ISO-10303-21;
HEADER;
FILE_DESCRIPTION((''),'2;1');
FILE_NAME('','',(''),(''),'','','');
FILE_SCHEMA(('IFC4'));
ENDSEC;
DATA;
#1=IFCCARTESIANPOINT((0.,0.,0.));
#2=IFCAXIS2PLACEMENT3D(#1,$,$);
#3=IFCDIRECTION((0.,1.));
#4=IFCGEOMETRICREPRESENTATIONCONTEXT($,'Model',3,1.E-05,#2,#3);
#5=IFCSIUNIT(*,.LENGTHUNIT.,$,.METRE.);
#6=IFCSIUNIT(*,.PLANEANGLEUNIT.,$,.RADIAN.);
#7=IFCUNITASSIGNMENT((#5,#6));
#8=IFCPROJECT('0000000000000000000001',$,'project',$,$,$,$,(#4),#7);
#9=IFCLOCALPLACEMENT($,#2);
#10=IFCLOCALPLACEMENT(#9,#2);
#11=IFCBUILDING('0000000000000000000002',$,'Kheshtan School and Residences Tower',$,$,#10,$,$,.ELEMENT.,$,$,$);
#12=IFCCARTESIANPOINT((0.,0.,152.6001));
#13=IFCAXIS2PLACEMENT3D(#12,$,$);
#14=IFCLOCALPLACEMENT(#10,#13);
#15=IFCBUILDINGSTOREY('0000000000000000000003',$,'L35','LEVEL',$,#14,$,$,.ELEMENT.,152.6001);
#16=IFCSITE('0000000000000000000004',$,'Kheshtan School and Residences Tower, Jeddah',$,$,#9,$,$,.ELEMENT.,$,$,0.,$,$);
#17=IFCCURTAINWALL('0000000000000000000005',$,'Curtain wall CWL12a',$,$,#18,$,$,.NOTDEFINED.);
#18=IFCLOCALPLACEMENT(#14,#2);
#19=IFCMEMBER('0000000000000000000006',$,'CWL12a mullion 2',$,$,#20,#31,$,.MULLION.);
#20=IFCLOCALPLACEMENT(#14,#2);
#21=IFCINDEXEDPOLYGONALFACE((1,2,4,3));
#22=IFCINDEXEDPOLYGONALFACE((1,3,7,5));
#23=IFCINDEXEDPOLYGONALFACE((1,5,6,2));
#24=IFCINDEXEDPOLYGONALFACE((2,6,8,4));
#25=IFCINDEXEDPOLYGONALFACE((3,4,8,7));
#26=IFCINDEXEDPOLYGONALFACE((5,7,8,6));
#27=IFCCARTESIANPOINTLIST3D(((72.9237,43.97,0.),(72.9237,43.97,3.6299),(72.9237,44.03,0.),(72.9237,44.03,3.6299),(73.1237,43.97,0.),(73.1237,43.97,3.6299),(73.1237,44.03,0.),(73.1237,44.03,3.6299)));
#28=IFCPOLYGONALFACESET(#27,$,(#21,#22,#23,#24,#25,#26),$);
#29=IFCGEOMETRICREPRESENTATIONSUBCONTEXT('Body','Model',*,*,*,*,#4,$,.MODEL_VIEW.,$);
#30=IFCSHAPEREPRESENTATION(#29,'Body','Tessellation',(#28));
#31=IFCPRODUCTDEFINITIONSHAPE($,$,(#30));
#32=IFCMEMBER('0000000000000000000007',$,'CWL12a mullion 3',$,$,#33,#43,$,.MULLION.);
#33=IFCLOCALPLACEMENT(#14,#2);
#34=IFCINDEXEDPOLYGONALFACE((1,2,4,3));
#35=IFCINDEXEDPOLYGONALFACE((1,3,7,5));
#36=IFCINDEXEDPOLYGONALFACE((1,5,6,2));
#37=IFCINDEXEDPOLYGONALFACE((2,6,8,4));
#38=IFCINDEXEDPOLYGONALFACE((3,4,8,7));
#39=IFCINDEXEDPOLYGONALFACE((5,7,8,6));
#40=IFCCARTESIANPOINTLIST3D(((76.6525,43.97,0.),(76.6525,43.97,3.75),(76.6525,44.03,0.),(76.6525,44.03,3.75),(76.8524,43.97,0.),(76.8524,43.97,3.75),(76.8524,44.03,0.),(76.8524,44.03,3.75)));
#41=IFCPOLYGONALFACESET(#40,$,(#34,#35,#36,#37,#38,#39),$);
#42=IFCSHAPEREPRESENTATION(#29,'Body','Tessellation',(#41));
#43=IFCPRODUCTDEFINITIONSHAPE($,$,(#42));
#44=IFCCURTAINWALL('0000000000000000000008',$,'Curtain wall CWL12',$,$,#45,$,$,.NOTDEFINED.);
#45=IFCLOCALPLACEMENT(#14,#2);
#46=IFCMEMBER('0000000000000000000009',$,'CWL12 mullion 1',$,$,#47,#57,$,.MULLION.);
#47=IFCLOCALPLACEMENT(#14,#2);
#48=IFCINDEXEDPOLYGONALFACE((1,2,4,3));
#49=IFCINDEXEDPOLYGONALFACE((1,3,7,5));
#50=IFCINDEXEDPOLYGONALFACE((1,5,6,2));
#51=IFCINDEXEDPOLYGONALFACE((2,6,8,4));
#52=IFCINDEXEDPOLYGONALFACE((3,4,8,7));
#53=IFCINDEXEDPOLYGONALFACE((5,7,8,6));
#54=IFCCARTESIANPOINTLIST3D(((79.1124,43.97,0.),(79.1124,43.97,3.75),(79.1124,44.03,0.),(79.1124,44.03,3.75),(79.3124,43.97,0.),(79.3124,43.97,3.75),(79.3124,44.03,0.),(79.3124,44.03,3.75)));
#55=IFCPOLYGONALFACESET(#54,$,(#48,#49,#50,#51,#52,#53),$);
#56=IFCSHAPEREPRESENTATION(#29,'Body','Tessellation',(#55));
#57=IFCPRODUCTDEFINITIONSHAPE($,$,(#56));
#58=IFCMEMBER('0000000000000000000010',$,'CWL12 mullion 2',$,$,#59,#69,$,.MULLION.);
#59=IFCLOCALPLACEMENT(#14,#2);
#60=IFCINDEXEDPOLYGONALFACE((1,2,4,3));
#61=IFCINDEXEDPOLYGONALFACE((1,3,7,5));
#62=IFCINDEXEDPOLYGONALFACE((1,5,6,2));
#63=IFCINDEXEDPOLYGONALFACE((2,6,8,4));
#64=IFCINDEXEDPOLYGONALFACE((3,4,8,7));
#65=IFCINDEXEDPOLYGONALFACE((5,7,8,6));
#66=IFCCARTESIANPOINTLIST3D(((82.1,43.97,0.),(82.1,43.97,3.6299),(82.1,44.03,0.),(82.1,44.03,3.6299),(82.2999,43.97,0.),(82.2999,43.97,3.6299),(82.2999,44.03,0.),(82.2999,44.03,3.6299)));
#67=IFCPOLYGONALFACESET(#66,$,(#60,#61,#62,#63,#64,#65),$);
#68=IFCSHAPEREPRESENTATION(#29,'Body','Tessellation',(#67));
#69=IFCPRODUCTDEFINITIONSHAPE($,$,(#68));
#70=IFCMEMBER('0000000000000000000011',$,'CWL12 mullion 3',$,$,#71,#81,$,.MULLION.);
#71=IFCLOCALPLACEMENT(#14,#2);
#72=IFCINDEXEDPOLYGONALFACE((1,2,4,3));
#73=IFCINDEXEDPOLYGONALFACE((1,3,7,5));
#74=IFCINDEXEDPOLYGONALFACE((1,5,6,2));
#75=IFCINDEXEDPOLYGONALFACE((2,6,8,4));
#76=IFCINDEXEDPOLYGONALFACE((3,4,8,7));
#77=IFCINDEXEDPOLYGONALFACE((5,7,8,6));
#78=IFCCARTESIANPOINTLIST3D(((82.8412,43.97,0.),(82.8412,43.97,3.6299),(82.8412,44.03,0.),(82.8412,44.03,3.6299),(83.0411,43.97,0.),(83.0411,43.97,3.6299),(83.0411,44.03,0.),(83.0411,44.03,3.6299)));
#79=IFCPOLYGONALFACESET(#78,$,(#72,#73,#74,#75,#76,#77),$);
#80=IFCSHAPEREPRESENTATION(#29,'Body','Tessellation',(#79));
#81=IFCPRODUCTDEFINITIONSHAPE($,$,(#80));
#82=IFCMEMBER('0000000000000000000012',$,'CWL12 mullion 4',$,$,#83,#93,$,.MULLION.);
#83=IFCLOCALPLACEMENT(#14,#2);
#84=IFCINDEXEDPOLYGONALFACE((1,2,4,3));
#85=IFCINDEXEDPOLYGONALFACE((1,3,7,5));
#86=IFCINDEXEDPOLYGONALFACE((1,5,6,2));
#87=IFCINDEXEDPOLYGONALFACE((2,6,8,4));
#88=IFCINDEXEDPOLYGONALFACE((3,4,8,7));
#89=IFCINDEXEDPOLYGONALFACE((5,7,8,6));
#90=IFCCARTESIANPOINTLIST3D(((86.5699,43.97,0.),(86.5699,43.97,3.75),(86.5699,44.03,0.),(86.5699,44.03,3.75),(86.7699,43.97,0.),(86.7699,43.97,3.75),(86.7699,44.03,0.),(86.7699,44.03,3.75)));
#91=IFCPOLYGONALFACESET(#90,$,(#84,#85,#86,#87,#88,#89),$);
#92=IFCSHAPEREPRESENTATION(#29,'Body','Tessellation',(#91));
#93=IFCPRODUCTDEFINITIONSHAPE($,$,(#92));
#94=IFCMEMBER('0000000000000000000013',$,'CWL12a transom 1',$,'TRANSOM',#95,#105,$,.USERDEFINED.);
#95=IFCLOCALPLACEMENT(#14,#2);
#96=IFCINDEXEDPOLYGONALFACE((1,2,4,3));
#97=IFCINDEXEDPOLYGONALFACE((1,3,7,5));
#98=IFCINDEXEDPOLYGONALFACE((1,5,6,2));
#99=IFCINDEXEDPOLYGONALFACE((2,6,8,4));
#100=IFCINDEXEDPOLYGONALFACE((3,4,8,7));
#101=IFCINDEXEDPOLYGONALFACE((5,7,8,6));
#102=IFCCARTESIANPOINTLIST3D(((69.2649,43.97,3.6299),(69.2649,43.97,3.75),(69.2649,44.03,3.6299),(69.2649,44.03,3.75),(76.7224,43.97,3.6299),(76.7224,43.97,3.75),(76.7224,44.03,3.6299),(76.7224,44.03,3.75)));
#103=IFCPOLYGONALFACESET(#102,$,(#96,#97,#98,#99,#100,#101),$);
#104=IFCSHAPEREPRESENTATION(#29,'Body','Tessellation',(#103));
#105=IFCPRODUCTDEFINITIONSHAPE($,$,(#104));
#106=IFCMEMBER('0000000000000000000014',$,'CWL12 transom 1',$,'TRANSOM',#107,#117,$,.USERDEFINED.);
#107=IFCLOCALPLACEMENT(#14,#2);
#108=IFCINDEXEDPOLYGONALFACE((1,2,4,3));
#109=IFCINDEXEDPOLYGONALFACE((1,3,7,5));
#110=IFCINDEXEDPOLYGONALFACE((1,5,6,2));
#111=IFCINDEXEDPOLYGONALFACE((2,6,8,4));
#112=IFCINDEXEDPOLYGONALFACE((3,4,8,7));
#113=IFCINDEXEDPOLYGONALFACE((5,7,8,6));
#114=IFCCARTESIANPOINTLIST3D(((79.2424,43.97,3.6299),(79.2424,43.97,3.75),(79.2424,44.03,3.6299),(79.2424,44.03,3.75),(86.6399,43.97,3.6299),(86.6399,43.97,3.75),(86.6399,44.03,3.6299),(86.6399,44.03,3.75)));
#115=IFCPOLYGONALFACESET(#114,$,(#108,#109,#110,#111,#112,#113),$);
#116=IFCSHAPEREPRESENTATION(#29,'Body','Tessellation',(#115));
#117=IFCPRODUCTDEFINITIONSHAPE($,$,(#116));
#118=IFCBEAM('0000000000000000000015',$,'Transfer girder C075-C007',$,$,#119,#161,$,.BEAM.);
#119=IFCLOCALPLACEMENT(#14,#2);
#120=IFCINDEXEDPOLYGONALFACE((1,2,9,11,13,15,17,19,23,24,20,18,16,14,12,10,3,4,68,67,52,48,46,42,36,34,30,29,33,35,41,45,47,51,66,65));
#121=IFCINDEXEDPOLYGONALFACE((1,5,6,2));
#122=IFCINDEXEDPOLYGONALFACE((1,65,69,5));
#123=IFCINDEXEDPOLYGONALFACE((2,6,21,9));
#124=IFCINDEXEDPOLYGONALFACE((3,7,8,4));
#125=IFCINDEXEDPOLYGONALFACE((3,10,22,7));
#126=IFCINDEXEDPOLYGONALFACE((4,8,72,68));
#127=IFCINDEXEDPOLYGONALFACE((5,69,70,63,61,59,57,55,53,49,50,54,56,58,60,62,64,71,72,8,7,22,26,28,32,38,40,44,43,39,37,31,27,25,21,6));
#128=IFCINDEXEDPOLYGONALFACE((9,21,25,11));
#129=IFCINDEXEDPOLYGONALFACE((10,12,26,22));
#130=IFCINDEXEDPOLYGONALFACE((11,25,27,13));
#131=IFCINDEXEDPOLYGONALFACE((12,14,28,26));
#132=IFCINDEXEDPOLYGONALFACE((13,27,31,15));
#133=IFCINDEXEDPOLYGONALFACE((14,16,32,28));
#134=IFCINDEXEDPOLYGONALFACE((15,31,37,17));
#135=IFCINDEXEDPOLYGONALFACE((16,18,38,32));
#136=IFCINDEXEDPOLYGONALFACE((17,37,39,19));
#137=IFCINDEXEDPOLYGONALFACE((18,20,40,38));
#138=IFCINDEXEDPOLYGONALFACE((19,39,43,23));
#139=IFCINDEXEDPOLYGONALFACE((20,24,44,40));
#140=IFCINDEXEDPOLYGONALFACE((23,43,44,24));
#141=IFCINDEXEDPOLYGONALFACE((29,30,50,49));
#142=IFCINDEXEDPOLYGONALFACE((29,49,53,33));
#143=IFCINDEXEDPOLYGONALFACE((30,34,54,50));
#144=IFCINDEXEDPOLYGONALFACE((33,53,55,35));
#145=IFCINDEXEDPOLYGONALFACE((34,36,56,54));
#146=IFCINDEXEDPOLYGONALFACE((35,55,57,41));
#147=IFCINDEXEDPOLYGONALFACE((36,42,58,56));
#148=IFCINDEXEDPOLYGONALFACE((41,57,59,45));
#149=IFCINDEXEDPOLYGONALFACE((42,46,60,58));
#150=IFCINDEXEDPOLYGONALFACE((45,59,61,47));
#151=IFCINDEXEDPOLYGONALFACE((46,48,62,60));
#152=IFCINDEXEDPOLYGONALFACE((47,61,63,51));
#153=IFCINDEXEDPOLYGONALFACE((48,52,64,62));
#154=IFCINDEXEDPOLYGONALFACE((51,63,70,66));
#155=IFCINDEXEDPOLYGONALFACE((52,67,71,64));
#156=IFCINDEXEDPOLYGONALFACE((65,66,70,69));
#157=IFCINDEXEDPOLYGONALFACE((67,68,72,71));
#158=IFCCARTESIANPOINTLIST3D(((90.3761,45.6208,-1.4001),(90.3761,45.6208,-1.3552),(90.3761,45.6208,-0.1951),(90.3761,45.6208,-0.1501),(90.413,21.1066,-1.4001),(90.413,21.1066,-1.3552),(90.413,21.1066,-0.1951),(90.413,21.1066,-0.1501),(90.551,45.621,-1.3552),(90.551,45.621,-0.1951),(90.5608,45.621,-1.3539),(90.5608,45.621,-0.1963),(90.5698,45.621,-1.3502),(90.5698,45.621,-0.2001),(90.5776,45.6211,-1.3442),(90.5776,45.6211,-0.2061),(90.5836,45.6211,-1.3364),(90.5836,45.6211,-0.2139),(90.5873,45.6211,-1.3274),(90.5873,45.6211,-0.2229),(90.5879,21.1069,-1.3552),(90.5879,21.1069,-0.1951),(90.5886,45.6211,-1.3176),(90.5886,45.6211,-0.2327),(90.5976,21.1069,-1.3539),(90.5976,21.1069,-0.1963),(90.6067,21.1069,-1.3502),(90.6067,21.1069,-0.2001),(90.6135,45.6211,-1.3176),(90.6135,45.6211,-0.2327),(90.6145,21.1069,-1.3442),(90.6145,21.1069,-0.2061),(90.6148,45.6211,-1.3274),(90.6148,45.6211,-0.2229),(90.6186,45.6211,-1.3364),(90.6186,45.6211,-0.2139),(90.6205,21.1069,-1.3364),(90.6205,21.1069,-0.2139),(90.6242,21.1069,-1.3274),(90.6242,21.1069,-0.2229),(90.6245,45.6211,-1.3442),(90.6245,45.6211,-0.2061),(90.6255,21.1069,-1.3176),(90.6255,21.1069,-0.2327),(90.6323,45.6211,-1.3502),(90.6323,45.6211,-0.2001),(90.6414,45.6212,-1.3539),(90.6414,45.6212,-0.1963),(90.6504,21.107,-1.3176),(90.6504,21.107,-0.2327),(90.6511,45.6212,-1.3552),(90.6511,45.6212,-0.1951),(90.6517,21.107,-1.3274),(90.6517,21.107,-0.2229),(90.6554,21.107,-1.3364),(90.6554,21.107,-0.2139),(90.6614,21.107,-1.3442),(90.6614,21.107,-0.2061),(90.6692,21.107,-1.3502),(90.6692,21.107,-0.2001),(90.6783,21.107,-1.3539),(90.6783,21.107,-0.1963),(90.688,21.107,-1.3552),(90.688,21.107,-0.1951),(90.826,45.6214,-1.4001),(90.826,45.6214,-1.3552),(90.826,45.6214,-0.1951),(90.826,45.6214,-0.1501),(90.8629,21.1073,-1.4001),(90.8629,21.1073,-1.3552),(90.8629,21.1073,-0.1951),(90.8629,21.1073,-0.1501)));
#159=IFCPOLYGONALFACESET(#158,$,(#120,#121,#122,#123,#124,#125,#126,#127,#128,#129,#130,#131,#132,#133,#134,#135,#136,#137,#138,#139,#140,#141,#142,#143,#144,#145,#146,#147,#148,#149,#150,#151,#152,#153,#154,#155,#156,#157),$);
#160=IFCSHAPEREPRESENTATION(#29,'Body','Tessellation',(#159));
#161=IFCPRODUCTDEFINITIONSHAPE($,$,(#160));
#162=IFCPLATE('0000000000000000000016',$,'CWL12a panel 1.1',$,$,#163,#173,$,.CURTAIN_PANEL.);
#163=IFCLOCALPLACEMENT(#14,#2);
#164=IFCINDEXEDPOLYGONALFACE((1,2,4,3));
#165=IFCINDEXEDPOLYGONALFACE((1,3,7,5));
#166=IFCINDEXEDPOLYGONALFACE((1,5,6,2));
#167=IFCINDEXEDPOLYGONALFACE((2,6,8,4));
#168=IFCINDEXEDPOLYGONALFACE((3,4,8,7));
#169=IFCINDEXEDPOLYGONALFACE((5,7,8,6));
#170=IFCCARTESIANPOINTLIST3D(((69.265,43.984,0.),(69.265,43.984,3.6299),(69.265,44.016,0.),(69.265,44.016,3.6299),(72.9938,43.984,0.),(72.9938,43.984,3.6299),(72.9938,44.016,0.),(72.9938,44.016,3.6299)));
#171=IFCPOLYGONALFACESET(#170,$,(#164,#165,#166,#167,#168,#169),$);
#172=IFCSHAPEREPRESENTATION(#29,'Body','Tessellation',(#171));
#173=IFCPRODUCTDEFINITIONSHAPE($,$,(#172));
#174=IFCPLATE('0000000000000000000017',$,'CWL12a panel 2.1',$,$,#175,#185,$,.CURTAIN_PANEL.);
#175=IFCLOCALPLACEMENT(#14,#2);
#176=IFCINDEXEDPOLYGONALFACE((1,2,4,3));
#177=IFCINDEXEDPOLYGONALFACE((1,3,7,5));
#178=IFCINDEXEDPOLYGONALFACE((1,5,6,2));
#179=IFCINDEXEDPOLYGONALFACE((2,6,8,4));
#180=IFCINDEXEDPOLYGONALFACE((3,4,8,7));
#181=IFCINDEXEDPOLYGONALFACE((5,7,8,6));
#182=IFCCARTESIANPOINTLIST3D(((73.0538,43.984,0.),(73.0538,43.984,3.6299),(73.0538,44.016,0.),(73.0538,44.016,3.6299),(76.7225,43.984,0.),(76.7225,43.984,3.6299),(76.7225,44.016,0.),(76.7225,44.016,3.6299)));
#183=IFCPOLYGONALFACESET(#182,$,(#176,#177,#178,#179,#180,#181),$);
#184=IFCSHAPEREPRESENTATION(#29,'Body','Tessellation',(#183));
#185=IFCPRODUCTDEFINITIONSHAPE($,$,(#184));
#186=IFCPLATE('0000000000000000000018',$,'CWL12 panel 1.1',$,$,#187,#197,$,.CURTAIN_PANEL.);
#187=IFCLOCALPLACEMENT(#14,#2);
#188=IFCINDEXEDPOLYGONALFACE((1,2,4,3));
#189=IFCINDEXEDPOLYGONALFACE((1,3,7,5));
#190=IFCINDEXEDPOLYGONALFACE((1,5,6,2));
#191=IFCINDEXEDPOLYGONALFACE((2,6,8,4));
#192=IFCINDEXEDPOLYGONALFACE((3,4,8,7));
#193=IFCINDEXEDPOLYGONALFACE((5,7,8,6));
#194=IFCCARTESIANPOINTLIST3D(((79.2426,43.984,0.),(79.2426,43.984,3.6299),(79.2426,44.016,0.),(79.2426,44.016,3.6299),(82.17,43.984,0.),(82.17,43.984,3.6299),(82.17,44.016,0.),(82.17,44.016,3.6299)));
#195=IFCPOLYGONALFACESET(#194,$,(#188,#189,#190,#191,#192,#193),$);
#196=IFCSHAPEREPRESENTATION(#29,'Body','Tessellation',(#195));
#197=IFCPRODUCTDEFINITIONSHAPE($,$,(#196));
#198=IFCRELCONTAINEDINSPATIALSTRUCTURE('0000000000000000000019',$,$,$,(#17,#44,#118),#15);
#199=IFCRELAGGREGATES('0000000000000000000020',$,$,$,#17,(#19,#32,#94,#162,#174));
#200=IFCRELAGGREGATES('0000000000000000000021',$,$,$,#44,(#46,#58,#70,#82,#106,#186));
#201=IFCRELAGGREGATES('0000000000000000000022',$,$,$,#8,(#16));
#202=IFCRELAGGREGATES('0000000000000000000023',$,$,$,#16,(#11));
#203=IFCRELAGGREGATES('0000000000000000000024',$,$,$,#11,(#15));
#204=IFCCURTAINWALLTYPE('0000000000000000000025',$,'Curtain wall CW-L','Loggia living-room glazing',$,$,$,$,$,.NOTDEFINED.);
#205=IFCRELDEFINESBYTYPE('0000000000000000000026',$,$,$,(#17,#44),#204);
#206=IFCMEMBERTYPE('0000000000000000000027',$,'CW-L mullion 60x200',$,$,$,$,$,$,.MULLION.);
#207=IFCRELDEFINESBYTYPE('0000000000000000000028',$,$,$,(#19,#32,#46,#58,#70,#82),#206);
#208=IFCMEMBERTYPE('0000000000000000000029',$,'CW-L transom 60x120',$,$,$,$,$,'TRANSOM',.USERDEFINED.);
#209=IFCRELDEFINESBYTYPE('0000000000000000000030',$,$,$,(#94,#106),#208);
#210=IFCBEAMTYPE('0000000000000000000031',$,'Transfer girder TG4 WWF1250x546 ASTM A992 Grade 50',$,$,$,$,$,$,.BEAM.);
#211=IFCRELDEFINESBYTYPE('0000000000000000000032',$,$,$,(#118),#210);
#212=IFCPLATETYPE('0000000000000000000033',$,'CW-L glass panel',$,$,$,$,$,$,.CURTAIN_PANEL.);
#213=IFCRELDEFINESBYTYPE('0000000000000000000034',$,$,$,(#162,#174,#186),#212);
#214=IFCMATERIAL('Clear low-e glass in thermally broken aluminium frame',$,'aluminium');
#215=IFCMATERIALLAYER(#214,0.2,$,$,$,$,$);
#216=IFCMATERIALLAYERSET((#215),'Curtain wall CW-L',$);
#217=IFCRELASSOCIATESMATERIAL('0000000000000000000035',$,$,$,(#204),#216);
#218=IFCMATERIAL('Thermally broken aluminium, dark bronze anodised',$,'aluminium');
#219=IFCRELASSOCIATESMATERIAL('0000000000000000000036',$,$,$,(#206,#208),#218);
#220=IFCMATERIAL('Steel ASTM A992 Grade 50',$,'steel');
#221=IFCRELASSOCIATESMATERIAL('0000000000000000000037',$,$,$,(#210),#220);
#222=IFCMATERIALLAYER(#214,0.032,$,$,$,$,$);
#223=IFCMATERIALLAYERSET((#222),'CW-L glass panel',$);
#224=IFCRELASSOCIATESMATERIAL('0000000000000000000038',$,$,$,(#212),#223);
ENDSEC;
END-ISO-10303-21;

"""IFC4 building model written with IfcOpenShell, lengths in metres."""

from ifc_helpers import new_model, si_unit, direction, frame, origin, origin_2d, place, context, subcontext, project, spatial, rectangle, i_section, extrude, material, layer, layer_set, material_profile, profile_set, type_object, element, aggregate, save


model = new_model("IFC4")

# Units and contexts
model_context = context("Model", 3, precision=1e-05, world=origin(), true_north=direction((0.0, 1.0)))
body_context = subcontext(model_context, "Body", "Model", "MODEL_VIEW")
ifc_project = project(units=[si_unit("LENGTHUNIT", "METRE"), si_unit("PLANEANGLEUNIT", "RADIAN")], contexts=[model_context])

# Site, building, storey
site_placement = place(None, origin())
site = spatial("IfcSite", under=ifc_project, at=site_placement, Name="Kheshtan School and Residences Tower, Jeddah", CompositionType="ELEMENT", RefElevation=0.0)
building_placement = place(site_placement, origin())
building = spatial("IfcBuilding", under=site, at=building_placement, Name="Kheshtan School and Residences Tower", CompositionType="ELEMENT")
storey_placement = place(building_placement, frame((0.0, 0.0, 152.6001)))
storey = spatial("IfcBuildingStorey", under=building, at=storey_placement, Name="L35", Description="LEVEL", CompositionType="ELEMENT", Elevation=152.6001)

# Shared definitions
ifc_material_1 = material(Name="Steel ASTM A992 Grade 50", Category="steel")

# Curtain walls, members
ifc_material_2 = material(Name="Clear low-e glass in thermally broken aluminium frame", Category="aluminium")
ifc_layer_1 = layer(ifc_material_2, 0.2)
ifc_layer_set_1 = layer_set([ifc_layer_1], Name="Curtain wall CW-L")
curtain_wall_type = type_object("IfcCurtainWallType", Name="Curtain wall CW-L", Description="Loggia living-room glazing", PredefinedType="NOTDEFINED", material=ifc_layer_set_1)
curtain_wall_1_placement = place(storey_placement, origin())
curtain_wall_1 = element("IfcCurtainWall", 1, at=curtain_wall_1_placement, inside=storey, type_object=curtain_wall_type, Name="Curtain wall CWL12a", PredefinedType="NOTDEFINED")
ifc_material_3 = material(Name="Thermally broken aluminium, dark bronze anodised", Category="aluminium")
ifc_material_profile_1 = material_profile(ifc_material_3, rectangle(XDim=0.0601, YDim=0.2, at=origin_2d()), Name="CW-L mullion 60x200")
ifc_profile_set_1 = profile_set([ifc_material_profile_1], Name="Thermally broken aluminium, dark bronze anodised")
member_type_1 = type_object("IfcMemberType", Name="CW-L mullion 60x200", PredefinedType="MULLION", material=ifc_profile_set_1)
member_1_placement = place(storey_placement, frame((73.0237, 44.0, 0.0), z_axis=(0.0, 0.0, 1.0), x_axis=(0.0, 1.0, 0.0)))
member_1 = element("IfcMember", 2, at=member_1_placement, type_object=member_type_1, Name="CWL12a mullion 2", PredefinedType="MULLION", context=body_context, shape_type="SweptSolid", body=[
    extrude(rectangle(XDim=0.0601, YDim=0.2, at=origin_2d()), origin(), (0.0, 0.0, 1.0), 3.6299),
])
member_2_placement = place(storey_placement, frame((76.7524, 44.0, 0.0), z_axis=(0.0, 0.0, 1.0), x_axis=(0.0, 1.0, 0.0)))
member_2 = element("IfcMember", 3, at=member_2_placement, type_object=member_type_1, Name="CWL12a mullion 3", PredefinedType="MULLION", context=body_context, shape_type="SweptSolid", body=[
    extrude(rectangle(XDim=0.0601, YDim=0.2, at=origin_2d()), origin(), (0.0, 0.0, 1.0), 3.75),
])
curtain_wall_2_placement = place(storey_placement, origin())
curtain_wall_2 = element("IfcCurtainWall", 4, at=curtain_wall_2_placement, inside=storey, type_object=curtain_wall_type, Name="Curtain wall CWL12", PredefinedType="NOTDEFINED")
member_3_placement = place(storey_placement, frame((79.2124, 44.0, 0.0), z_axis=(0.0, 0.0, 1.0), x_axis=(0.0, 1.0, 0.0)))
member_3 = element("IfcMember", 5, at=member_3_placement, type_object=member_type_1, Name="CWL12 mullion 1", PredefinedType="MULLION", context=body_context, shape_type="SweptSolid", body=[
    extrude(rectangle(XDim=0.0601, YDim=0.2, at=origin_2d()), origin(), (0.0, 0.0, 1.0), 3.75),
])
member_4_placement = place(storey_placement, frame((82.2, 44.0, 0.0), z_axis=(0.0, 0.0, 1.0), x_axis=(0.0, 1.0, 0.0)))
member_4 = element("IfcMember", 6, at=member_4_placement, type_object=member_type_1, Name="CWL12 mullion 2", PredefinedType="MULLION", context=body_context, shape_type="SweptSolid", body=[
    extrude(rectangle(XDim=0.0601, YDim=0.2, at=origin_2d()), origin(), (0.0, 0.0, 1.0), 3.6299),
])
member_5_placement = place(storey_placement, frame((82.9412, 44.0, 0.0), z_axis=(0.0, 0.0, 1.0), x_axis=(0.0, 1.0, 0.0)))
member_5 = element("IfcMember", 7, at=member_5_placement, type_object=member_type_1, Name="CWL12 mullion 3", PredefinedType="MULLION", context=body_context, shape_type="SweptSolid", body=[
    extrude(rectangle(XDim=0.0601, YDim=0.2, at=origin_2d()), origin(), (0.0, 0.0, 1.0), 3.6299),
])
member_6_placement = place(storey_placement, frame((86.6699, 44.0, 0.0), z_axis=(0.0, 0.0, 1.0), x_axis=(0.0, 1.0, 0.0)))
member_6 = element("IfcMember", 8, at=member_6_placement, type_object=member_type_1, Name="CWL12 mullion 4", PredefinedType="MULLION", context=body_context, shape_type="SweptSolid", body=[
    extrude(rectangle(XDim=0.0601, YDim=0.2, at=origin_2d()), origin(), (0.0, 0.0, 1.0), 3.75),
])

# Members
ifc_material_profile_2 = material_profile(ifc_material_3, rectangle(XDim=0.0601, YDim=0.1201, at=origin_2d()), Name="CW-L transom 60x120")
ifc_profile_set_2 = profile_set([ifc_material_profile_2], Name="Thermally broken aluminium, dark bronze anodised")
member_type_2 = type_object("IfcMemberType", Name="CW-L transom 60x120", ElementType="TRANSOM", PredefinedType="USERDEFINED", material=ifc_profile_set_2)
member_7_placement = place(storey_placement, frame((69.2649, 44.0, 3.6899), z_axis=(1.0, 0.0, 0.0), x_axis=(0.0, 1.0, 0.0)))
member_7 = element("IfcMember", 9, at=member_7_placement, type_object=member_type_2, Name="CWL12a transom 1", ObjectType="TRANSOM", PredefinedType="USERDEFINED", context=body_context, shape_type="SweptSolid", body=[
    extrude(rectangle(XDim=0.0601, YDim=0.1201, at=origin_2d()), origin(), (0.0, 0.0, 1.0), 7.4575),
])
member_8_placement = place(storey_placement, frame((79.2424, 44.0, 3.6899), z_axis=(1.0, 0.0, 0.0), x_axis=(0.0, 1.0, 0.0)))
member_8 = element("IfcMember", 10, at=member_8_placement, type_object=member_type_2, Name="CWL12 transom 1", ObjectType="TRANSOM", PredefinedType="USERDEFINED", context=body_context, shape_type="SweptSolid", body=[
    extrude(rectangle(XDim=0.0601, YDim=0.1201, at=origin_2d()), origin(), (0.0, 0.0, 1.0), 7.3975),
])

# Beam
ifc_material_profile_3 = material_profile(ifc_material_1, i_section(OverallWidth=0.45, OverallDepth=1.25, WebThickness=0.0249, FlangeThickness=0.0449, FilletRadius=0.0376, at=origin_2d()), Name="WWF1250x546")
ifc_profile_set_3 = profile_set([ifc_material_profile_3], Name="Steel ASTM A992 Grade 50")
beam_type_1 = type_object("IfcBeamType", Name="Transfer girder TG4 WWF1250x546 ASTM A992 Grade 50", PredefinedType="BEAM", material=ifc_profile_set_3)
beam_1_placement = place(storey_placement, frame((90.6011, 45.6211, -0.7751), z_axis=(0.001504, -0.999999, 0.0), x_axis=(0.999999, 0.001504, 0.0)))
element("IfcBeam", 11, at=beam_1_placement, inside=storey, type_object=beam_type_1, Name="Transfer girder C075-C007", PredefinedType="BEAM", context=body_context, shape_type="SweptSolid", body=[
    extrude(i_section(OverallWidth=0.45, OverallDepth=1.25, WebThickness=0.0249, FlangeThickness=0.0449, FilletRadius=0.0376, at=origin_2d()), origin(), (0.0, 0.0, 1.0), 24.5142),
])

# Plates
ifc_layer_2 = layer(ifc_material_2, 0.032)
ifc_layer_set_2 = layer_set([ifc_layer_2], Name="CW-L glass panel")
plate_type = type_object("IfcPlateType", Name="CW-L glass panel", PredefinedType="CURTAIN_PANEL", material=ifc_layer_set_2)
plate_1_placement = place(storey_placement, frame((71.1294, 44.0, 0.0), z_axis=(0.0, 0.0, 1.0), x_axis=(1.0, 0.0, 0.0)))
plate_1 = element("IfcPlate", 12, at=plate_1_placement, type_object=plate_type, Name="CWL12a panel 1.1", PredefinedType="CURTAIN_PANEL", context=body_context, shape_type="SweptSolid", body=[
    extrude(rectangle(XDim=3.7288, YDim=0.032, at=origin_2d()), origin(), (0.0, 0.0, 1.0), 3.6299),
])
plate_2_placement = place(storey_placement, frame((74.8882, 44.0, 0.0), z_axis=(0.0, 0.0, 1.0), x_axis=(1.0, 0.0, 0.0)))
plate_2 = element("IfcPlate", 13, at=plate_2_placement, type_object=plate_type, Name="CWL12a panel 2.1", PredefinedType="CURTAIN_PANEL", context=body_context, shape_type="SweptSolid", body=[
    extrude(rectangle(XDim=3.6687, YDim=0.032, at=origin_2d()), origin(), (0.0, 0.0, 1.0), 3.6299),
])
aggregate(curtain_wall_1, [member_1, member_2, member_7, plate_1, plate_2])
plate_3_placement = place(storey_placement, frame((80.7063, 44.0, 0.0), z_axis=(0.0, 0.0, 1.0), x_axis=(1.0, 0.0, 0.0)))
plate_3 = element("IfcPlate", 14, at=plate_3_placement, type_object=plate_type, Name="CWL12 panel 1.1", PredefinedType="CURTAIN_PANEL", context=body_context, shape_type="SweptSolid", body=[
    extrude(rectangle(XDim=2.9275, YDim=0.032, at=origin_2d()), origin(), (0.0, 0.0, 1.0), 3.6299),
])
aggregate(curtain_wall_2, [member_3, member_4, member_5, member_6, member_8, plate_3])

save(model, "model.ifc")
